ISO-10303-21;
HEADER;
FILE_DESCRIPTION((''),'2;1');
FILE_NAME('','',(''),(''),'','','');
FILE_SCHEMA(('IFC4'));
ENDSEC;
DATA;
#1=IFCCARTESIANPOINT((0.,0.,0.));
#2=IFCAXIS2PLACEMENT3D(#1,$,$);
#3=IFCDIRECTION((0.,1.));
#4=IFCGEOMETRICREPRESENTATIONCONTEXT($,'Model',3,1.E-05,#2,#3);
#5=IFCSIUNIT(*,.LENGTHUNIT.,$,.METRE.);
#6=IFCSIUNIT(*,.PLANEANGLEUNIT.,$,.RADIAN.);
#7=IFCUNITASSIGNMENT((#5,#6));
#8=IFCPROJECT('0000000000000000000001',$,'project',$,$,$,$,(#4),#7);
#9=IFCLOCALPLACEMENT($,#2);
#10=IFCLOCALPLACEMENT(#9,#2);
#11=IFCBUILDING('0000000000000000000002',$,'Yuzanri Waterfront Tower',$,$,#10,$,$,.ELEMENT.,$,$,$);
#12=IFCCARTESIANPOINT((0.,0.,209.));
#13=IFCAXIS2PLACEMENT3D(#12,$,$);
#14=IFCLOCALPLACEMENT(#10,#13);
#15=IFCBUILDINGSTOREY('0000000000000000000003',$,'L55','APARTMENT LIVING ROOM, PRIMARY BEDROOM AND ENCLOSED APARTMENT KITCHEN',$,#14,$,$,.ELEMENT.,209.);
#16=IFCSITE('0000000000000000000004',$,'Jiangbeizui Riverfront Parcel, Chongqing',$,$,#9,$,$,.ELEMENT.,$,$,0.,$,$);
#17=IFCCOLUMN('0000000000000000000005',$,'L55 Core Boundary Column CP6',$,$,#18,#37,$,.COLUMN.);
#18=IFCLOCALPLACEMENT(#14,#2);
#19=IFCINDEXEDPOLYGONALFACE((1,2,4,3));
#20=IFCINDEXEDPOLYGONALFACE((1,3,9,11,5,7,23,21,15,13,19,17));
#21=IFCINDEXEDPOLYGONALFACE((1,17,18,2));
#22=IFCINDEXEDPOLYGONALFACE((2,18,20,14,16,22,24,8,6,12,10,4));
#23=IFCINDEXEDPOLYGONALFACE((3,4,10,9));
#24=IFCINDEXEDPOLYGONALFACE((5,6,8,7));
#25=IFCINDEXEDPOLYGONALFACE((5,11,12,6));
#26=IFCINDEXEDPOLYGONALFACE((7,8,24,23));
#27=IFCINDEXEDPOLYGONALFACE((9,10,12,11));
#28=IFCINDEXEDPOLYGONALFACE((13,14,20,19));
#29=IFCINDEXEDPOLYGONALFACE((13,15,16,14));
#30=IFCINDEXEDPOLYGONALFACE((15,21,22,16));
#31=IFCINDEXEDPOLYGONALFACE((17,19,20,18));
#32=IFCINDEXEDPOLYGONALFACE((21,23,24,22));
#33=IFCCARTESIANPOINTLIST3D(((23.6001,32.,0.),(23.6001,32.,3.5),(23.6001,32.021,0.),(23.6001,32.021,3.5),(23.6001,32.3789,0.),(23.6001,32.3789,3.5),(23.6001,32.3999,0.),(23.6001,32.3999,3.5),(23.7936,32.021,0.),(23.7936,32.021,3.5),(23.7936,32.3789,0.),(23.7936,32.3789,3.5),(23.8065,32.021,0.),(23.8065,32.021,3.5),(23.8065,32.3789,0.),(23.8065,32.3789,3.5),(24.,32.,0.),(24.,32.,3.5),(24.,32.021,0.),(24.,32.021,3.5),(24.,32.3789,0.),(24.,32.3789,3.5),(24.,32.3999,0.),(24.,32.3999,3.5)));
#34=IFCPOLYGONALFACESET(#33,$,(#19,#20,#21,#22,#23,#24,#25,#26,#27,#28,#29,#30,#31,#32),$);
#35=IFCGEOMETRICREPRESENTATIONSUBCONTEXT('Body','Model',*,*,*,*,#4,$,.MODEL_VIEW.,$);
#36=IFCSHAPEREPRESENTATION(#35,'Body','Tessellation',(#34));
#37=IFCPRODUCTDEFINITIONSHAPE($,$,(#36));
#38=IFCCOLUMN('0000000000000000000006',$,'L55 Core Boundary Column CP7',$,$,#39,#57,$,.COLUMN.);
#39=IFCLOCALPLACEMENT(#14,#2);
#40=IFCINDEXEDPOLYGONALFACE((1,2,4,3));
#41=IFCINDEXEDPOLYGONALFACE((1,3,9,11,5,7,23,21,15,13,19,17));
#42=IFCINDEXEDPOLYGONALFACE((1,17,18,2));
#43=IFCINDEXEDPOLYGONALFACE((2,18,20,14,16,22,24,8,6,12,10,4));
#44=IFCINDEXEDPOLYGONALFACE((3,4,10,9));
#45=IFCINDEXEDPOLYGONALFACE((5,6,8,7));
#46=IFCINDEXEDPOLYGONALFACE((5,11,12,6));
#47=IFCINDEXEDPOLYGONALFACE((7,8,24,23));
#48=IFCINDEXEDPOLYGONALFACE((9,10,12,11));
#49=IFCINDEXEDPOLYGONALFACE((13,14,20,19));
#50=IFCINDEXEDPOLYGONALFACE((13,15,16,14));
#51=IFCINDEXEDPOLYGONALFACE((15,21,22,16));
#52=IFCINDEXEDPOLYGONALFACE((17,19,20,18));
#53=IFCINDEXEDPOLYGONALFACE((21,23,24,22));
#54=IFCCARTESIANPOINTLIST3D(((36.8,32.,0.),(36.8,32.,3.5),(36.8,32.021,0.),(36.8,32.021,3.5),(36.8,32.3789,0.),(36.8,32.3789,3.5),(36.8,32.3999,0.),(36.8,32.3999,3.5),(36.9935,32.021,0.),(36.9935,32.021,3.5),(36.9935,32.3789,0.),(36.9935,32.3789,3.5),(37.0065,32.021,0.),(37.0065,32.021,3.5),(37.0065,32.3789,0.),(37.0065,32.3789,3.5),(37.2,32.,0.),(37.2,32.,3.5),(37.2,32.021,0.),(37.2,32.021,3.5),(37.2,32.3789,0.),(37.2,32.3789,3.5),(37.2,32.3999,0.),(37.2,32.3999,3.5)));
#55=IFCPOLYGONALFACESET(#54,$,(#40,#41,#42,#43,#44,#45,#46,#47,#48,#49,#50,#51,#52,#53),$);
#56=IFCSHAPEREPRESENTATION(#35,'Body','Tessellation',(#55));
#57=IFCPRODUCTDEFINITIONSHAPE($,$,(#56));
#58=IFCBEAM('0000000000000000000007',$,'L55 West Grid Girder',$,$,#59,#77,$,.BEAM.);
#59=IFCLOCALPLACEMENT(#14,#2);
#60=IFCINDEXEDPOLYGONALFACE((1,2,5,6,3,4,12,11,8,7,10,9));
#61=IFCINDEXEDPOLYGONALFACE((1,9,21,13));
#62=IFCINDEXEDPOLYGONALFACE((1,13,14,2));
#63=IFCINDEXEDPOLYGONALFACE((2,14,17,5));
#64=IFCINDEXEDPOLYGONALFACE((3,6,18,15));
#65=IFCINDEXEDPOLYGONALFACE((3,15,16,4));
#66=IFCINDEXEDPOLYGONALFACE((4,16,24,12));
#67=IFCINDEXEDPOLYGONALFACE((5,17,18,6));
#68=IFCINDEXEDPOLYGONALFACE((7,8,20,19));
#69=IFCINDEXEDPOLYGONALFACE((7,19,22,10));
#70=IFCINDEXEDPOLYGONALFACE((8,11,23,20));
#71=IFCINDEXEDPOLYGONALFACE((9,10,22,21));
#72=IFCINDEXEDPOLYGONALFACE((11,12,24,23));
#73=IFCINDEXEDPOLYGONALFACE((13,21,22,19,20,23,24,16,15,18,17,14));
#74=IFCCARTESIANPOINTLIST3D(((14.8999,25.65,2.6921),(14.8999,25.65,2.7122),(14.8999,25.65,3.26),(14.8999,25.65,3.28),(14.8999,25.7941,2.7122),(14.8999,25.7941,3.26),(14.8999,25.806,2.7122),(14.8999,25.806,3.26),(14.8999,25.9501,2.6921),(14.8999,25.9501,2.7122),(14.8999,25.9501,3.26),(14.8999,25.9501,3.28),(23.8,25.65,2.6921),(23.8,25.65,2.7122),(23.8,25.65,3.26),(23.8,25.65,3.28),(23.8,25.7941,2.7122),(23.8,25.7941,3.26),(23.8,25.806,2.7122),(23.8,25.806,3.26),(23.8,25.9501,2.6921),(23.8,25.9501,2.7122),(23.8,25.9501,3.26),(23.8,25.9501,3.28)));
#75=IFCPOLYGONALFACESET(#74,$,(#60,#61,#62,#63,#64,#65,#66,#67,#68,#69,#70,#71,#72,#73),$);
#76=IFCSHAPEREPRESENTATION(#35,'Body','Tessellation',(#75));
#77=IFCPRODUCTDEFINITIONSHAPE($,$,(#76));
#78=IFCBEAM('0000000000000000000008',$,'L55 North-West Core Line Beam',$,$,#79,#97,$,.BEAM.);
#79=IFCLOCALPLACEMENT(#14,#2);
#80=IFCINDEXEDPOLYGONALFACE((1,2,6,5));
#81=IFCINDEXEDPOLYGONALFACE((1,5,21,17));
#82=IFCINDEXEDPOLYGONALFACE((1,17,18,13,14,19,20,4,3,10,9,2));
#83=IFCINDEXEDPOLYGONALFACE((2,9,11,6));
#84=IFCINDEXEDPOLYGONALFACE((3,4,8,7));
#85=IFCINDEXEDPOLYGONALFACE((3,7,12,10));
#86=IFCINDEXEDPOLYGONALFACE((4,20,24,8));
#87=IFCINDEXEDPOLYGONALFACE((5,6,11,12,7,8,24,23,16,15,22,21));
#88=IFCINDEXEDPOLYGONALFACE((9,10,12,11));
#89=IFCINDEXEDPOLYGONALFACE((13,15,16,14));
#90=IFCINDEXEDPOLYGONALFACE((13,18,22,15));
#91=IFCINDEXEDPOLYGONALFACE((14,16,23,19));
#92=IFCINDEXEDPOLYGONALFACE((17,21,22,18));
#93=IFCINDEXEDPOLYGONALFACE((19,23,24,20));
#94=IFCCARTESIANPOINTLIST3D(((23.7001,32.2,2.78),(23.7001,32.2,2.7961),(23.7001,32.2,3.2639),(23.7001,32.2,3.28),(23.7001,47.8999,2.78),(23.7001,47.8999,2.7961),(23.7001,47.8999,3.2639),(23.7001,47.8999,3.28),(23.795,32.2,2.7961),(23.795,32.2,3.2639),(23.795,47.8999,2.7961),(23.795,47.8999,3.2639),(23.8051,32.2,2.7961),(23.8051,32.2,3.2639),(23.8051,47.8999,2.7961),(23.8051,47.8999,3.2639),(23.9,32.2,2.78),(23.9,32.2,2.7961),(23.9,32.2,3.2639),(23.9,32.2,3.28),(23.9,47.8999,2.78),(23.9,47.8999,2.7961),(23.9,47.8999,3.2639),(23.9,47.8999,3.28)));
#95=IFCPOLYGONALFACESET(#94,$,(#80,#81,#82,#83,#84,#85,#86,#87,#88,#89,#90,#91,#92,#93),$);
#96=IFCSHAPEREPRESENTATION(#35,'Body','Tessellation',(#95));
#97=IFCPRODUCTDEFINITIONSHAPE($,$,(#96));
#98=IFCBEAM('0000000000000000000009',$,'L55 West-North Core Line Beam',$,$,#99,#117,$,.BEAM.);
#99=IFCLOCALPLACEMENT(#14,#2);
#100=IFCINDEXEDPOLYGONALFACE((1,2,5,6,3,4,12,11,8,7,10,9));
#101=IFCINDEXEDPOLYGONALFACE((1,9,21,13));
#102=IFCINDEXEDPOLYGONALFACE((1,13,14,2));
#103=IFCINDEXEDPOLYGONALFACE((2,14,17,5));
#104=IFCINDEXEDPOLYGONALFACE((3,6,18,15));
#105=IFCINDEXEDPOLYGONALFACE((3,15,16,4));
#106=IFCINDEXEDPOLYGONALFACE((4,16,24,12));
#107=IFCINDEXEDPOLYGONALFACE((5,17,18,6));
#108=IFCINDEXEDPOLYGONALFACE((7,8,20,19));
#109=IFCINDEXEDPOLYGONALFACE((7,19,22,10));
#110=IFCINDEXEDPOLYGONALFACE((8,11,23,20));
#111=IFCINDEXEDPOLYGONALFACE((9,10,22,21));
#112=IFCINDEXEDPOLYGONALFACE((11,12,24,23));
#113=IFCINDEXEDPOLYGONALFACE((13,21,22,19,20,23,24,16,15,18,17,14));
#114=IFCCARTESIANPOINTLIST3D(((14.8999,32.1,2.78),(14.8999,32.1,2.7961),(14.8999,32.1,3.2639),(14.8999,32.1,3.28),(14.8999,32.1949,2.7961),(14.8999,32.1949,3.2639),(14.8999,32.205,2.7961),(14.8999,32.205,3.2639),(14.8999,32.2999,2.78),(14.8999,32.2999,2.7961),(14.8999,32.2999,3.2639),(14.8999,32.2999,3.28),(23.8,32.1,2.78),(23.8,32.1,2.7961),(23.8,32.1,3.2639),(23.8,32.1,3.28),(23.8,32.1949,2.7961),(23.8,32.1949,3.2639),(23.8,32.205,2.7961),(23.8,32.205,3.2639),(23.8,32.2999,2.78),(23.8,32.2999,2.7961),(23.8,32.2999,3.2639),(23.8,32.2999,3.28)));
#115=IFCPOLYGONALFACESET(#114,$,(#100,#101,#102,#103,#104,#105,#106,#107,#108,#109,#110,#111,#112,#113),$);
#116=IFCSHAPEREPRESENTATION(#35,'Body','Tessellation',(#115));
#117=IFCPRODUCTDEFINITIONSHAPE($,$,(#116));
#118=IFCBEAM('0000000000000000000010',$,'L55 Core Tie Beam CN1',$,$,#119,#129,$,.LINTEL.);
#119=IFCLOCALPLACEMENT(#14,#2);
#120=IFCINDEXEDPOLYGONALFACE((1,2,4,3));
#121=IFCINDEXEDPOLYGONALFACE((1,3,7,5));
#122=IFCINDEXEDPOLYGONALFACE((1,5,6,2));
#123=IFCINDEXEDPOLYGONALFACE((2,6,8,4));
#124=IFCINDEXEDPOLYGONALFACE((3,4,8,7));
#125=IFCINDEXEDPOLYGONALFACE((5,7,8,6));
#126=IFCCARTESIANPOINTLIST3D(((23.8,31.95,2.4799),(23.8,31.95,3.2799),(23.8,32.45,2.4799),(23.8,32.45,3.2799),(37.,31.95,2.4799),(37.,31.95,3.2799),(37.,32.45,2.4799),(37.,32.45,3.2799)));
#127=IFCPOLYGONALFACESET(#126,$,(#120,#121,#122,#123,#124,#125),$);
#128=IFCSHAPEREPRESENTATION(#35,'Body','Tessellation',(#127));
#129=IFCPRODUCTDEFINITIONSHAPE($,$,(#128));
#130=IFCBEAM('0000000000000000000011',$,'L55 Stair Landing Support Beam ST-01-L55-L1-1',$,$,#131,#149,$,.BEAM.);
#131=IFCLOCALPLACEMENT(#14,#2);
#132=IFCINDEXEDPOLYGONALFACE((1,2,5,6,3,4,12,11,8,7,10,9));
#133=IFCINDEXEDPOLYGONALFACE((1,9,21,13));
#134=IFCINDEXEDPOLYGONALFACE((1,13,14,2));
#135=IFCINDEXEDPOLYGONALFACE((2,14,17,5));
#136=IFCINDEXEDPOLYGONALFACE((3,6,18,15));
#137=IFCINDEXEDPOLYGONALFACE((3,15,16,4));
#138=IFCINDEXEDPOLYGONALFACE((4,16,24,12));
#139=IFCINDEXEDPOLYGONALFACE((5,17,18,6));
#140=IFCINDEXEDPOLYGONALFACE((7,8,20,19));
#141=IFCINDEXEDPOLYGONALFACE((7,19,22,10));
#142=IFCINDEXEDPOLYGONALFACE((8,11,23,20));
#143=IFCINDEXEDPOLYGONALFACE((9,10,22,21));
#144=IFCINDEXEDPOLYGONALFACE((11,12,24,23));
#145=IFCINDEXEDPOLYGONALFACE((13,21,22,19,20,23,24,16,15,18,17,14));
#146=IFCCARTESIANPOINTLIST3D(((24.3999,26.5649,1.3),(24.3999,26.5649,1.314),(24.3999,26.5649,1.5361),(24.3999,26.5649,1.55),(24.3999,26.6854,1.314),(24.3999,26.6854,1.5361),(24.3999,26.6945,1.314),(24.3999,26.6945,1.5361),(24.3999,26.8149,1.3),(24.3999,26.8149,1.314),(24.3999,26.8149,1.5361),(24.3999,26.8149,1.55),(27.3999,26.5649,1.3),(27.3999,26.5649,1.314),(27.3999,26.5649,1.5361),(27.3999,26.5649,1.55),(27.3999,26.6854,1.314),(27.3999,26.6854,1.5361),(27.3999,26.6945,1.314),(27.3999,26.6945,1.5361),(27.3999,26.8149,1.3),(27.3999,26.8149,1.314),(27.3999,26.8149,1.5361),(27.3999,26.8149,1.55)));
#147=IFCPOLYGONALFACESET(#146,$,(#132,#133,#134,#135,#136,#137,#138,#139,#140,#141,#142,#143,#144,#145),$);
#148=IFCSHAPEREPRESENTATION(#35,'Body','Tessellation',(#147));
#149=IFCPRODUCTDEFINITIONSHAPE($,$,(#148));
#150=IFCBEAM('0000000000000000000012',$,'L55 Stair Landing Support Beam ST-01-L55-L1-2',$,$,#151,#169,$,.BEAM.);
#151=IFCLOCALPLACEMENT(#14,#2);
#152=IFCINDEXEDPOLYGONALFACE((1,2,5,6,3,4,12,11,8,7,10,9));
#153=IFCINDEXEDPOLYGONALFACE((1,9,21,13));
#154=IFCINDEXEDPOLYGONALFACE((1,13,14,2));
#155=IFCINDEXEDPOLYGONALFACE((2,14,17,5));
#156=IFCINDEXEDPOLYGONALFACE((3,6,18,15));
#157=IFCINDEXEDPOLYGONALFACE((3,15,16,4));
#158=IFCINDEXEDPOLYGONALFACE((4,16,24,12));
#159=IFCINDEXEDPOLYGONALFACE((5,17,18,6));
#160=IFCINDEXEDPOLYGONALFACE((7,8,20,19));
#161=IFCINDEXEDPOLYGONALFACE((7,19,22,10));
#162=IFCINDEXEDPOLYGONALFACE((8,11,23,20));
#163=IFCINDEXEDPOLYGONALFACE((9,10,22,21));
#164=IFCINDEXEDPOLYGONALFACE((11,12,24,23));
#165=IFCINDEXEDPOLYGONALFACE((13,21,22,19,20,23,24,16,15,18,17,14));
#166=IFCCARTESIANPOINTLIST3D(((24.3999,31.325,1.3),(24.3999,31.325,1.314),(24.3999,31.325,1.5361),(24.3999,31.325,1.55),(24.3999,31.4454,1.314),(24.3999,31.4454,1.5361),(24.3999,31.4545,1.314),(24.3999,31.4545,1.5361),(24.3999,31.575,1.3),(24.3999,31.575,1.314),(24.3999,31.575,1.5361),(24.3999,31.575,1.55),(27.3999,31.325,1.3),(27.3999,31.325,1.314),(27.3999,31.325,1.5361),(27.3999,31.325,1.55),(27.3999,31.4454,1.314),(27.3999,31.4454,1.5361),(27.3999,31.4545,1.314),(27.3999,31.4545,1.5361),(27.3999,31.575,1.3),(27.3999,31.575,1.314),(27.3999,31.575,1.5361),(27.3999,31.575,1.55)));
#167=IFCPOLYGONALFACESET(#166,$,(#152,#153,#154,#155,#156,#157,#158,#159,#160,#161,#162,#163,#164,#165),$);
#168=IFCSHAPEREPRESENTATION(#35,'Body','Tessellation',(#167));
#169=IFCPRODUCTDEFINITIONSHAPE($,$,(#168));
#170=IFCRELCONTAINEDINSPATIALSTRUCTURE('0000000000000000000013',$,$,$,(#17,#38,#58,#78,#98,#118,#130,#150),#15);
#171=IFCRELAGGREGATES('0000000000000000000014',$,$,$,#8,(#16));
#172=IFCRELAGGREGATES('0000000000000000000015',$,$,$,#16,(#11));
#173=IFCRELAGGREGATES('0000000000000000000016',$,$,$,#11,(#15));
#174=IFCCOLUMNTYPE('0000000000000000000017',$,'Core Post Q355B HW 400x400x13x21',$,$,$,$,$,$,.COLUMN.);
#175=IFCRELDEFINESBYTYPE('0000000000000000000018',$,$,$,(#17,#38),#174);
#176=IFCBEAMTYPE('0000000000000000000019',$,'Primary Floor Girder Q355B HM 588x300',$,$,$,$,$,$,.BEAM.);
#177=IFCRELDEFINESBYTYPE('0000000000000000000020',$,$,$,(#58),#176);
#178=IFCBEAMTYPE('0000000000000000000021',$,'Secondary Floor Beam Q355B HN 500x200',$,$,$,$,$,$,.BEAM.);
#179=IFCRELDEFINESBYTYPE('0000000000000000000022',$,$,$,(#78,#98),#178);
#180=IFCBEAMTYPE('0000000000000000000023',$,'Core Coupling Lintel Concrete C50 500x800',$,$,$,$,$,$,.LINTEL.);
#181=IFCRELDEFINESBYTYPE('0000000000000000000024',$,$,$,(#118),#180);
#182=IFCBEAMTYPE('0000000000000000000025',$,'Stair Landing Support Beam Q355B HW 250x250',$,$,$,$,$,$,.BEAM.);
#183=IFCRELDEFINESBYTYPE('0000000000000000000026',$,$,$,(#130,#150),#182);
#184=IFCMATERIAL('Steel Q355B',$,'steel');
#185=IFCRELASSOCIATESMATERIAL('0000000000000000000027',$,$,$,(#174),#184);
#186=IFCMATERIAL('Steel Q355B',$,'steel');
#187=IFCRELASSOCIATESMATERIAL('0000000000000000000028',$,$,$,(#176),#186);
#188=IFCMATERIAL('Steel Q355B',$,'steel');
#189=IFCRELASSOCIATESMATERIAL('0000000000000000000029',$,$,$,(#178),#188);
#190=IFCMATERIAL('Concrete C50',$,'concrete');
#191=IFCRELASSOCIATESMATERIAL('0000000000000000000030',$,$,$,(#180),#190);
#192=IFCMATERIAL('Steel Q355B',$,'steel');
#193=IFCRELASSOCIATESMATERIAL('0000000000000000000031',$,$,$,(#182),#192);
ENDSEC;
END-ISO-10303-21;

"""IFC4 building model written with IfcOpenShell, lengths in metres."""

from ifc_helpers import new_model, si_unit, direction, frame, origin, origin_2d, place, context, subcontext, project, spatial, rectangle, i_section, extrude, source, transform, mapped, material, material_profile, profile_set, type_object, element, save


model = new_model("IFC4")

# Units and contexts
model_context = context("Model", 3, precision=1e-05, world=origin(), true_north=direction((0.0, 1.0)))
body_context = subcontext(model_context, "Body", "Model", "MODEL_VIEW")
ifc_project = project(units=[si_unit("LENGTHUNIT", "METRE"), si_unit("PLANEANGLEUNIT", "RADIAN")], contexts=[model_context])

# Site, building, storey
site_placement = place(None, origin())
site = spatial("IfcSite", under=ifc_project, at=site_placement, Name="Jiangbeizui Riverfront Parcel, Chongqing", CompositionType="ELEMENT", RefElevation=0.0)
building_placement = place(site_placement, origin())
building = spatial("IfcBuilding", under=site, at=building_placement, Name="Yuzanri Waterfront Tower", CompositionType="ELEMENT")
storey_placement = place(building_placement, frame((0.0, 0.0, 209.0)))
storey = spatial("IfcBuildingStorey", under=building, at=storey_placement, Name="L55", Description="APARTMENT LIVING ROOM, PRIMARY BEDROOM AND ENCLOSED APARTMENT KITCHEN", CompositionType="ELEMENT", Elevation=209.0)

# Columns
ifc_material_1 = material(Name="Steel Q355B", Category="steel")
ifc_material_profile_1 = material_profile(ifc_material_1, i_section(OverallWidth=0.3999, OverallDepth=0.3999, WebThickness=0.0129, FlangeThickness=0.021, at=origin_2d()), Name="HW 400x400x13x21")
ifc_profile_set_1 = profile_set([ifc_material_profile_1], Name="Steel Q355B")
column_type = type_object("IfcColumnType", Name="Core Post Q355B HW 400x400x13x21", PredefinedType="COLUMN", material=ifc_profile_set_1)
shared_shape_1 = source(origin(), body_context, "Body", "SweptSolid", [
    extrude(i_section(OverallWidth=0.3999, OverallDepth=0.3999, WebThickness=0.0129, FlangeThickness=0.021, at=origin_2d()), origin(), (0.0, 0.0, 1.0), 3.5),
])
for number, where, z_axis, x_axis, name in (
    (1, (23.8, 32.2, 0.0), (0.0, 0.0, 1.0), (1.0, 0.0, 0.0), "L55 Core Boundary Column CP6"),
    (2, (37.0, 32.2, 0.0), (0.0, 0.0, 1.0), (1.0, 0.0, 0.0), "L55 Core Boundary Column CP7"),
):
    element("IfcColumn", number, at=place(storey_placement, frame(where, z_axis=z_axis, x_axis=x_axis)), inside=storey, type_object=column_type, Name=name, PredefinedType="COLUMN", context=body_context, shape_type="MappedRepresentation", body=[
        mapped(shared_shape_1, transform((0.0, 0.0, 0.0), scale=1.0)),
    ])

# Beams
ifc_material_2 = material(Name="Steel Q355B", Category="steel")
ifc_material_profile_2 = material_profile(ifc_material_2, i_section(OverallWidth=0.3, OverallDepth=0.5879, WebThickness=0.012, FlangeThickness=0.02, at=origin_2d()), Name="HM 588x300x12x20")
ifc_profile_set_2 = profile_set([ifc_material_profile_2], Name="Steel Q355B")
beam_type_1 = type_object("IfcBeamType", Name="Primary Floor Girder Q355B HM 588x300", PredefinedType="BEAM", material=ifc_profile_set_2)
shared_shape_2 = source(origin(), body_context, "Body", "SweptSolid", [
    extrude(i_section(OverallWidth=0.3, OverallDepth=0.5879, WebThickness=0.012, FlangeThickness=0.02, at=origin_2d()), origin(), (0.0, 0.0, 1.0), 8.9001),
])
beam_1_placement = place(storey_placement, frame((23.8, 25.8, 2.9861), z_axis=(-1.0, 0.0, 0.0), x_axis=(0.0, -1.0, 0.0)))
element("IfcBeam", 3, at=beam_1_placement, inside=storey, type_object=beam_type_1, Name="L55 West Grid Girder", PredefinedType="BEAM", context=body_context, shape_type="MappedRepresentation", body=[
    mapped(shared_shape_2, transform((0.0, 0.0, 0.0), scale=1.0)),
])
ifc_material_3 = material(Name="Steel Q355B", Category="steel")
ifc_material_profile_3 = material_profile(ifc_material_3, i_section(OverallWidth=0.2, OverallDepth=0.5, WebThickness=0.01, FlangeThickness=0.0161, at=origin_2d()), Name="HN 500x200x10x16")
ifc_profile_set_3 = profile_set([ifc_material_profile_3], Name="Steel Q355B")
beam_type_2 = type_object("IfcBeamType", Name="Secondary Floor Beam Q355B HN 500x200", PredefinedType="BEAM", material=ifc_profile_set_3)
shared_shape_3 = source(origin(), body_context, "Body", "SweptSolid", [
    extrude(i_section(OverallWidth=0.2, OverallDepth=0.5, WebThickness=0.01, FlangeThickness=0.0161, at=origin_2d()), origin(), (0.0, 0.0, 1.0), 15.7),
])
beam_2_placement = place(storey_placement, frame((23.8, 32.2, 3.03), z_axis=(0.0, 1.0, 0.0), x_axis=(-1.0, 0.0, 0.0)))
element("IfcBeam", 4, at=beam_2_placement, inside=storey, type_object=beam_type_2, Name="L55 North-West Core Line Beam", PredefinedType="BEAM", context=body_context, shape_type="MappedRepresentation", body=[
    mapped(shared_shape_3, transform((0.0, 0.0, 0.0), scale=1.0)),
])
shared_shape_4 = source(origin(), body_context, "Body", "SweptSolid", [
    extrude(i_section(OverallWidth=0.2, OverallDepth=0.5, WebThickness=0.01, FlangeThickness=0.0161, at=origin_2d()), origin(), (0.0, 0.0, 1.0), 8.9001),
])
beam_3_placement = place(storey_placement, frame((23.8, 32.2, 3.03), z_axis=(-1.0, 0.0, 0.0), x_axis=(0.0, -1.0, 0.0)))
element("IfcBeam", 5, at=beam_3_placement, inside=storey, type_object=beam_type_2, Name="L55 West-North Core Line Beam", PredefinedType="BEAM", context=body_context, shape_type="MappedRepresentation", body=[
    mapped(shared_shape_4, transform((0.0, 0.0, 0.0), scale=1.0)),
])
ifc_material_4 = material(Name="Concrete C50", Category="concrete")
ifc_material_profile_4 = material_profile(ifc_material_4, rectangle(XDim=0.5, YDim=0.8, at=origin_2d()), Name="RC 500x800")
ifc_profile_set_4 = profile_set([ifc_material_profile_4], Name="Concrete C50")
beam_type_3 = type_object("IfcBeamType", Name="Core Coupling Lintel Concrete C50 500x800", PredefinedType="LINTEL", material=ifc_profile_set_4)
shared_shape_5 = source(origin(), body_context, "Body", "SweptSolid", [
    extrude(rectangle(XDim=0.5, YDim=0.8, at=origin_2d()), origin(), (0.0, 0.0, 1.0), 13.2),
])
beam_4_placement = place(storey_placement, frame((23.8, 32.2, 2.8799), z_axis=(1.0, 0.0, 0.0), x_axis=(0.0, 1.0, 0.0)))
element("IfcBeam", 6, at=beam_4_placement, inside=storey, type_object=beam_type_3, Name="L55 Core Tie Beam CN1", PredefinedType="LINTEL", context=body_context, shape_type="MappedRepresentation", body=[
    mapped(shared_shape_5, transform((0.0, 0.0, 0.0), scale=1.0)),
])
ifc_material_5 = material(Name="Steel Q355B", Category="steel")
ifc_material_profile_5 = material_profile(ifc_material_5, i_section(OverallWidth=0.25, OverallDepth=0.25, WebThickness=0.009, FlangeThickness=0.0139, at=origin_2d()), Name="HW 250x250x9x14")
ifc_profile_set_5 = profile_set([ifc_material_profile_5], Name="Steel Q355B")
beam_type_4 = type_object("IfcBeamType", Name="Stair Landing Support Beam Q355B HW 250x250", PredefinedType="BEAM", material=ifc_profile_set_5)
shared_shape_6 = source(origin(), body_context, "Body", "SweptSolid", [
    extrude(i_section(OverallWidth=0.25, OverallDepth=0.25, WebThickness=0.009, FlangeThickness=0.0139, at=origin_2d()), origin(), (0.0, 0.0, 1.0), 3.0),
])
for number, where, z_axis, x_axis, name in (
    (7, (24.3999, 26.6899, 1.425), (1.0, 0.0, 0.0), (0.0, 1.0, 0.0), "L55 Stair Landing Support Beam ST-01-L55-L1-1"),
    (8, (24.3999, 31.45, 1.425), (1.0, 0.0, 0.0), (0.0, 1.0, 0.0), "L55 Stair Landing Support Beam ST-01-L55-L1-2"),
):
    element("IfcBeam", number, at=place(storey_placement, frame(where, z_axis=z_axis, x_axis=x_axis)), inside=storey, type_object=beam_type_4, Name=name, PredefinedType="BEAM", context=body_context, shape_type="MappedRepresentation", body=[
        mapped(shared_shape_6, transform((0.0, 0.0, 0.0), scale=1.0)),
    ])

save(model, "model.ifc")
